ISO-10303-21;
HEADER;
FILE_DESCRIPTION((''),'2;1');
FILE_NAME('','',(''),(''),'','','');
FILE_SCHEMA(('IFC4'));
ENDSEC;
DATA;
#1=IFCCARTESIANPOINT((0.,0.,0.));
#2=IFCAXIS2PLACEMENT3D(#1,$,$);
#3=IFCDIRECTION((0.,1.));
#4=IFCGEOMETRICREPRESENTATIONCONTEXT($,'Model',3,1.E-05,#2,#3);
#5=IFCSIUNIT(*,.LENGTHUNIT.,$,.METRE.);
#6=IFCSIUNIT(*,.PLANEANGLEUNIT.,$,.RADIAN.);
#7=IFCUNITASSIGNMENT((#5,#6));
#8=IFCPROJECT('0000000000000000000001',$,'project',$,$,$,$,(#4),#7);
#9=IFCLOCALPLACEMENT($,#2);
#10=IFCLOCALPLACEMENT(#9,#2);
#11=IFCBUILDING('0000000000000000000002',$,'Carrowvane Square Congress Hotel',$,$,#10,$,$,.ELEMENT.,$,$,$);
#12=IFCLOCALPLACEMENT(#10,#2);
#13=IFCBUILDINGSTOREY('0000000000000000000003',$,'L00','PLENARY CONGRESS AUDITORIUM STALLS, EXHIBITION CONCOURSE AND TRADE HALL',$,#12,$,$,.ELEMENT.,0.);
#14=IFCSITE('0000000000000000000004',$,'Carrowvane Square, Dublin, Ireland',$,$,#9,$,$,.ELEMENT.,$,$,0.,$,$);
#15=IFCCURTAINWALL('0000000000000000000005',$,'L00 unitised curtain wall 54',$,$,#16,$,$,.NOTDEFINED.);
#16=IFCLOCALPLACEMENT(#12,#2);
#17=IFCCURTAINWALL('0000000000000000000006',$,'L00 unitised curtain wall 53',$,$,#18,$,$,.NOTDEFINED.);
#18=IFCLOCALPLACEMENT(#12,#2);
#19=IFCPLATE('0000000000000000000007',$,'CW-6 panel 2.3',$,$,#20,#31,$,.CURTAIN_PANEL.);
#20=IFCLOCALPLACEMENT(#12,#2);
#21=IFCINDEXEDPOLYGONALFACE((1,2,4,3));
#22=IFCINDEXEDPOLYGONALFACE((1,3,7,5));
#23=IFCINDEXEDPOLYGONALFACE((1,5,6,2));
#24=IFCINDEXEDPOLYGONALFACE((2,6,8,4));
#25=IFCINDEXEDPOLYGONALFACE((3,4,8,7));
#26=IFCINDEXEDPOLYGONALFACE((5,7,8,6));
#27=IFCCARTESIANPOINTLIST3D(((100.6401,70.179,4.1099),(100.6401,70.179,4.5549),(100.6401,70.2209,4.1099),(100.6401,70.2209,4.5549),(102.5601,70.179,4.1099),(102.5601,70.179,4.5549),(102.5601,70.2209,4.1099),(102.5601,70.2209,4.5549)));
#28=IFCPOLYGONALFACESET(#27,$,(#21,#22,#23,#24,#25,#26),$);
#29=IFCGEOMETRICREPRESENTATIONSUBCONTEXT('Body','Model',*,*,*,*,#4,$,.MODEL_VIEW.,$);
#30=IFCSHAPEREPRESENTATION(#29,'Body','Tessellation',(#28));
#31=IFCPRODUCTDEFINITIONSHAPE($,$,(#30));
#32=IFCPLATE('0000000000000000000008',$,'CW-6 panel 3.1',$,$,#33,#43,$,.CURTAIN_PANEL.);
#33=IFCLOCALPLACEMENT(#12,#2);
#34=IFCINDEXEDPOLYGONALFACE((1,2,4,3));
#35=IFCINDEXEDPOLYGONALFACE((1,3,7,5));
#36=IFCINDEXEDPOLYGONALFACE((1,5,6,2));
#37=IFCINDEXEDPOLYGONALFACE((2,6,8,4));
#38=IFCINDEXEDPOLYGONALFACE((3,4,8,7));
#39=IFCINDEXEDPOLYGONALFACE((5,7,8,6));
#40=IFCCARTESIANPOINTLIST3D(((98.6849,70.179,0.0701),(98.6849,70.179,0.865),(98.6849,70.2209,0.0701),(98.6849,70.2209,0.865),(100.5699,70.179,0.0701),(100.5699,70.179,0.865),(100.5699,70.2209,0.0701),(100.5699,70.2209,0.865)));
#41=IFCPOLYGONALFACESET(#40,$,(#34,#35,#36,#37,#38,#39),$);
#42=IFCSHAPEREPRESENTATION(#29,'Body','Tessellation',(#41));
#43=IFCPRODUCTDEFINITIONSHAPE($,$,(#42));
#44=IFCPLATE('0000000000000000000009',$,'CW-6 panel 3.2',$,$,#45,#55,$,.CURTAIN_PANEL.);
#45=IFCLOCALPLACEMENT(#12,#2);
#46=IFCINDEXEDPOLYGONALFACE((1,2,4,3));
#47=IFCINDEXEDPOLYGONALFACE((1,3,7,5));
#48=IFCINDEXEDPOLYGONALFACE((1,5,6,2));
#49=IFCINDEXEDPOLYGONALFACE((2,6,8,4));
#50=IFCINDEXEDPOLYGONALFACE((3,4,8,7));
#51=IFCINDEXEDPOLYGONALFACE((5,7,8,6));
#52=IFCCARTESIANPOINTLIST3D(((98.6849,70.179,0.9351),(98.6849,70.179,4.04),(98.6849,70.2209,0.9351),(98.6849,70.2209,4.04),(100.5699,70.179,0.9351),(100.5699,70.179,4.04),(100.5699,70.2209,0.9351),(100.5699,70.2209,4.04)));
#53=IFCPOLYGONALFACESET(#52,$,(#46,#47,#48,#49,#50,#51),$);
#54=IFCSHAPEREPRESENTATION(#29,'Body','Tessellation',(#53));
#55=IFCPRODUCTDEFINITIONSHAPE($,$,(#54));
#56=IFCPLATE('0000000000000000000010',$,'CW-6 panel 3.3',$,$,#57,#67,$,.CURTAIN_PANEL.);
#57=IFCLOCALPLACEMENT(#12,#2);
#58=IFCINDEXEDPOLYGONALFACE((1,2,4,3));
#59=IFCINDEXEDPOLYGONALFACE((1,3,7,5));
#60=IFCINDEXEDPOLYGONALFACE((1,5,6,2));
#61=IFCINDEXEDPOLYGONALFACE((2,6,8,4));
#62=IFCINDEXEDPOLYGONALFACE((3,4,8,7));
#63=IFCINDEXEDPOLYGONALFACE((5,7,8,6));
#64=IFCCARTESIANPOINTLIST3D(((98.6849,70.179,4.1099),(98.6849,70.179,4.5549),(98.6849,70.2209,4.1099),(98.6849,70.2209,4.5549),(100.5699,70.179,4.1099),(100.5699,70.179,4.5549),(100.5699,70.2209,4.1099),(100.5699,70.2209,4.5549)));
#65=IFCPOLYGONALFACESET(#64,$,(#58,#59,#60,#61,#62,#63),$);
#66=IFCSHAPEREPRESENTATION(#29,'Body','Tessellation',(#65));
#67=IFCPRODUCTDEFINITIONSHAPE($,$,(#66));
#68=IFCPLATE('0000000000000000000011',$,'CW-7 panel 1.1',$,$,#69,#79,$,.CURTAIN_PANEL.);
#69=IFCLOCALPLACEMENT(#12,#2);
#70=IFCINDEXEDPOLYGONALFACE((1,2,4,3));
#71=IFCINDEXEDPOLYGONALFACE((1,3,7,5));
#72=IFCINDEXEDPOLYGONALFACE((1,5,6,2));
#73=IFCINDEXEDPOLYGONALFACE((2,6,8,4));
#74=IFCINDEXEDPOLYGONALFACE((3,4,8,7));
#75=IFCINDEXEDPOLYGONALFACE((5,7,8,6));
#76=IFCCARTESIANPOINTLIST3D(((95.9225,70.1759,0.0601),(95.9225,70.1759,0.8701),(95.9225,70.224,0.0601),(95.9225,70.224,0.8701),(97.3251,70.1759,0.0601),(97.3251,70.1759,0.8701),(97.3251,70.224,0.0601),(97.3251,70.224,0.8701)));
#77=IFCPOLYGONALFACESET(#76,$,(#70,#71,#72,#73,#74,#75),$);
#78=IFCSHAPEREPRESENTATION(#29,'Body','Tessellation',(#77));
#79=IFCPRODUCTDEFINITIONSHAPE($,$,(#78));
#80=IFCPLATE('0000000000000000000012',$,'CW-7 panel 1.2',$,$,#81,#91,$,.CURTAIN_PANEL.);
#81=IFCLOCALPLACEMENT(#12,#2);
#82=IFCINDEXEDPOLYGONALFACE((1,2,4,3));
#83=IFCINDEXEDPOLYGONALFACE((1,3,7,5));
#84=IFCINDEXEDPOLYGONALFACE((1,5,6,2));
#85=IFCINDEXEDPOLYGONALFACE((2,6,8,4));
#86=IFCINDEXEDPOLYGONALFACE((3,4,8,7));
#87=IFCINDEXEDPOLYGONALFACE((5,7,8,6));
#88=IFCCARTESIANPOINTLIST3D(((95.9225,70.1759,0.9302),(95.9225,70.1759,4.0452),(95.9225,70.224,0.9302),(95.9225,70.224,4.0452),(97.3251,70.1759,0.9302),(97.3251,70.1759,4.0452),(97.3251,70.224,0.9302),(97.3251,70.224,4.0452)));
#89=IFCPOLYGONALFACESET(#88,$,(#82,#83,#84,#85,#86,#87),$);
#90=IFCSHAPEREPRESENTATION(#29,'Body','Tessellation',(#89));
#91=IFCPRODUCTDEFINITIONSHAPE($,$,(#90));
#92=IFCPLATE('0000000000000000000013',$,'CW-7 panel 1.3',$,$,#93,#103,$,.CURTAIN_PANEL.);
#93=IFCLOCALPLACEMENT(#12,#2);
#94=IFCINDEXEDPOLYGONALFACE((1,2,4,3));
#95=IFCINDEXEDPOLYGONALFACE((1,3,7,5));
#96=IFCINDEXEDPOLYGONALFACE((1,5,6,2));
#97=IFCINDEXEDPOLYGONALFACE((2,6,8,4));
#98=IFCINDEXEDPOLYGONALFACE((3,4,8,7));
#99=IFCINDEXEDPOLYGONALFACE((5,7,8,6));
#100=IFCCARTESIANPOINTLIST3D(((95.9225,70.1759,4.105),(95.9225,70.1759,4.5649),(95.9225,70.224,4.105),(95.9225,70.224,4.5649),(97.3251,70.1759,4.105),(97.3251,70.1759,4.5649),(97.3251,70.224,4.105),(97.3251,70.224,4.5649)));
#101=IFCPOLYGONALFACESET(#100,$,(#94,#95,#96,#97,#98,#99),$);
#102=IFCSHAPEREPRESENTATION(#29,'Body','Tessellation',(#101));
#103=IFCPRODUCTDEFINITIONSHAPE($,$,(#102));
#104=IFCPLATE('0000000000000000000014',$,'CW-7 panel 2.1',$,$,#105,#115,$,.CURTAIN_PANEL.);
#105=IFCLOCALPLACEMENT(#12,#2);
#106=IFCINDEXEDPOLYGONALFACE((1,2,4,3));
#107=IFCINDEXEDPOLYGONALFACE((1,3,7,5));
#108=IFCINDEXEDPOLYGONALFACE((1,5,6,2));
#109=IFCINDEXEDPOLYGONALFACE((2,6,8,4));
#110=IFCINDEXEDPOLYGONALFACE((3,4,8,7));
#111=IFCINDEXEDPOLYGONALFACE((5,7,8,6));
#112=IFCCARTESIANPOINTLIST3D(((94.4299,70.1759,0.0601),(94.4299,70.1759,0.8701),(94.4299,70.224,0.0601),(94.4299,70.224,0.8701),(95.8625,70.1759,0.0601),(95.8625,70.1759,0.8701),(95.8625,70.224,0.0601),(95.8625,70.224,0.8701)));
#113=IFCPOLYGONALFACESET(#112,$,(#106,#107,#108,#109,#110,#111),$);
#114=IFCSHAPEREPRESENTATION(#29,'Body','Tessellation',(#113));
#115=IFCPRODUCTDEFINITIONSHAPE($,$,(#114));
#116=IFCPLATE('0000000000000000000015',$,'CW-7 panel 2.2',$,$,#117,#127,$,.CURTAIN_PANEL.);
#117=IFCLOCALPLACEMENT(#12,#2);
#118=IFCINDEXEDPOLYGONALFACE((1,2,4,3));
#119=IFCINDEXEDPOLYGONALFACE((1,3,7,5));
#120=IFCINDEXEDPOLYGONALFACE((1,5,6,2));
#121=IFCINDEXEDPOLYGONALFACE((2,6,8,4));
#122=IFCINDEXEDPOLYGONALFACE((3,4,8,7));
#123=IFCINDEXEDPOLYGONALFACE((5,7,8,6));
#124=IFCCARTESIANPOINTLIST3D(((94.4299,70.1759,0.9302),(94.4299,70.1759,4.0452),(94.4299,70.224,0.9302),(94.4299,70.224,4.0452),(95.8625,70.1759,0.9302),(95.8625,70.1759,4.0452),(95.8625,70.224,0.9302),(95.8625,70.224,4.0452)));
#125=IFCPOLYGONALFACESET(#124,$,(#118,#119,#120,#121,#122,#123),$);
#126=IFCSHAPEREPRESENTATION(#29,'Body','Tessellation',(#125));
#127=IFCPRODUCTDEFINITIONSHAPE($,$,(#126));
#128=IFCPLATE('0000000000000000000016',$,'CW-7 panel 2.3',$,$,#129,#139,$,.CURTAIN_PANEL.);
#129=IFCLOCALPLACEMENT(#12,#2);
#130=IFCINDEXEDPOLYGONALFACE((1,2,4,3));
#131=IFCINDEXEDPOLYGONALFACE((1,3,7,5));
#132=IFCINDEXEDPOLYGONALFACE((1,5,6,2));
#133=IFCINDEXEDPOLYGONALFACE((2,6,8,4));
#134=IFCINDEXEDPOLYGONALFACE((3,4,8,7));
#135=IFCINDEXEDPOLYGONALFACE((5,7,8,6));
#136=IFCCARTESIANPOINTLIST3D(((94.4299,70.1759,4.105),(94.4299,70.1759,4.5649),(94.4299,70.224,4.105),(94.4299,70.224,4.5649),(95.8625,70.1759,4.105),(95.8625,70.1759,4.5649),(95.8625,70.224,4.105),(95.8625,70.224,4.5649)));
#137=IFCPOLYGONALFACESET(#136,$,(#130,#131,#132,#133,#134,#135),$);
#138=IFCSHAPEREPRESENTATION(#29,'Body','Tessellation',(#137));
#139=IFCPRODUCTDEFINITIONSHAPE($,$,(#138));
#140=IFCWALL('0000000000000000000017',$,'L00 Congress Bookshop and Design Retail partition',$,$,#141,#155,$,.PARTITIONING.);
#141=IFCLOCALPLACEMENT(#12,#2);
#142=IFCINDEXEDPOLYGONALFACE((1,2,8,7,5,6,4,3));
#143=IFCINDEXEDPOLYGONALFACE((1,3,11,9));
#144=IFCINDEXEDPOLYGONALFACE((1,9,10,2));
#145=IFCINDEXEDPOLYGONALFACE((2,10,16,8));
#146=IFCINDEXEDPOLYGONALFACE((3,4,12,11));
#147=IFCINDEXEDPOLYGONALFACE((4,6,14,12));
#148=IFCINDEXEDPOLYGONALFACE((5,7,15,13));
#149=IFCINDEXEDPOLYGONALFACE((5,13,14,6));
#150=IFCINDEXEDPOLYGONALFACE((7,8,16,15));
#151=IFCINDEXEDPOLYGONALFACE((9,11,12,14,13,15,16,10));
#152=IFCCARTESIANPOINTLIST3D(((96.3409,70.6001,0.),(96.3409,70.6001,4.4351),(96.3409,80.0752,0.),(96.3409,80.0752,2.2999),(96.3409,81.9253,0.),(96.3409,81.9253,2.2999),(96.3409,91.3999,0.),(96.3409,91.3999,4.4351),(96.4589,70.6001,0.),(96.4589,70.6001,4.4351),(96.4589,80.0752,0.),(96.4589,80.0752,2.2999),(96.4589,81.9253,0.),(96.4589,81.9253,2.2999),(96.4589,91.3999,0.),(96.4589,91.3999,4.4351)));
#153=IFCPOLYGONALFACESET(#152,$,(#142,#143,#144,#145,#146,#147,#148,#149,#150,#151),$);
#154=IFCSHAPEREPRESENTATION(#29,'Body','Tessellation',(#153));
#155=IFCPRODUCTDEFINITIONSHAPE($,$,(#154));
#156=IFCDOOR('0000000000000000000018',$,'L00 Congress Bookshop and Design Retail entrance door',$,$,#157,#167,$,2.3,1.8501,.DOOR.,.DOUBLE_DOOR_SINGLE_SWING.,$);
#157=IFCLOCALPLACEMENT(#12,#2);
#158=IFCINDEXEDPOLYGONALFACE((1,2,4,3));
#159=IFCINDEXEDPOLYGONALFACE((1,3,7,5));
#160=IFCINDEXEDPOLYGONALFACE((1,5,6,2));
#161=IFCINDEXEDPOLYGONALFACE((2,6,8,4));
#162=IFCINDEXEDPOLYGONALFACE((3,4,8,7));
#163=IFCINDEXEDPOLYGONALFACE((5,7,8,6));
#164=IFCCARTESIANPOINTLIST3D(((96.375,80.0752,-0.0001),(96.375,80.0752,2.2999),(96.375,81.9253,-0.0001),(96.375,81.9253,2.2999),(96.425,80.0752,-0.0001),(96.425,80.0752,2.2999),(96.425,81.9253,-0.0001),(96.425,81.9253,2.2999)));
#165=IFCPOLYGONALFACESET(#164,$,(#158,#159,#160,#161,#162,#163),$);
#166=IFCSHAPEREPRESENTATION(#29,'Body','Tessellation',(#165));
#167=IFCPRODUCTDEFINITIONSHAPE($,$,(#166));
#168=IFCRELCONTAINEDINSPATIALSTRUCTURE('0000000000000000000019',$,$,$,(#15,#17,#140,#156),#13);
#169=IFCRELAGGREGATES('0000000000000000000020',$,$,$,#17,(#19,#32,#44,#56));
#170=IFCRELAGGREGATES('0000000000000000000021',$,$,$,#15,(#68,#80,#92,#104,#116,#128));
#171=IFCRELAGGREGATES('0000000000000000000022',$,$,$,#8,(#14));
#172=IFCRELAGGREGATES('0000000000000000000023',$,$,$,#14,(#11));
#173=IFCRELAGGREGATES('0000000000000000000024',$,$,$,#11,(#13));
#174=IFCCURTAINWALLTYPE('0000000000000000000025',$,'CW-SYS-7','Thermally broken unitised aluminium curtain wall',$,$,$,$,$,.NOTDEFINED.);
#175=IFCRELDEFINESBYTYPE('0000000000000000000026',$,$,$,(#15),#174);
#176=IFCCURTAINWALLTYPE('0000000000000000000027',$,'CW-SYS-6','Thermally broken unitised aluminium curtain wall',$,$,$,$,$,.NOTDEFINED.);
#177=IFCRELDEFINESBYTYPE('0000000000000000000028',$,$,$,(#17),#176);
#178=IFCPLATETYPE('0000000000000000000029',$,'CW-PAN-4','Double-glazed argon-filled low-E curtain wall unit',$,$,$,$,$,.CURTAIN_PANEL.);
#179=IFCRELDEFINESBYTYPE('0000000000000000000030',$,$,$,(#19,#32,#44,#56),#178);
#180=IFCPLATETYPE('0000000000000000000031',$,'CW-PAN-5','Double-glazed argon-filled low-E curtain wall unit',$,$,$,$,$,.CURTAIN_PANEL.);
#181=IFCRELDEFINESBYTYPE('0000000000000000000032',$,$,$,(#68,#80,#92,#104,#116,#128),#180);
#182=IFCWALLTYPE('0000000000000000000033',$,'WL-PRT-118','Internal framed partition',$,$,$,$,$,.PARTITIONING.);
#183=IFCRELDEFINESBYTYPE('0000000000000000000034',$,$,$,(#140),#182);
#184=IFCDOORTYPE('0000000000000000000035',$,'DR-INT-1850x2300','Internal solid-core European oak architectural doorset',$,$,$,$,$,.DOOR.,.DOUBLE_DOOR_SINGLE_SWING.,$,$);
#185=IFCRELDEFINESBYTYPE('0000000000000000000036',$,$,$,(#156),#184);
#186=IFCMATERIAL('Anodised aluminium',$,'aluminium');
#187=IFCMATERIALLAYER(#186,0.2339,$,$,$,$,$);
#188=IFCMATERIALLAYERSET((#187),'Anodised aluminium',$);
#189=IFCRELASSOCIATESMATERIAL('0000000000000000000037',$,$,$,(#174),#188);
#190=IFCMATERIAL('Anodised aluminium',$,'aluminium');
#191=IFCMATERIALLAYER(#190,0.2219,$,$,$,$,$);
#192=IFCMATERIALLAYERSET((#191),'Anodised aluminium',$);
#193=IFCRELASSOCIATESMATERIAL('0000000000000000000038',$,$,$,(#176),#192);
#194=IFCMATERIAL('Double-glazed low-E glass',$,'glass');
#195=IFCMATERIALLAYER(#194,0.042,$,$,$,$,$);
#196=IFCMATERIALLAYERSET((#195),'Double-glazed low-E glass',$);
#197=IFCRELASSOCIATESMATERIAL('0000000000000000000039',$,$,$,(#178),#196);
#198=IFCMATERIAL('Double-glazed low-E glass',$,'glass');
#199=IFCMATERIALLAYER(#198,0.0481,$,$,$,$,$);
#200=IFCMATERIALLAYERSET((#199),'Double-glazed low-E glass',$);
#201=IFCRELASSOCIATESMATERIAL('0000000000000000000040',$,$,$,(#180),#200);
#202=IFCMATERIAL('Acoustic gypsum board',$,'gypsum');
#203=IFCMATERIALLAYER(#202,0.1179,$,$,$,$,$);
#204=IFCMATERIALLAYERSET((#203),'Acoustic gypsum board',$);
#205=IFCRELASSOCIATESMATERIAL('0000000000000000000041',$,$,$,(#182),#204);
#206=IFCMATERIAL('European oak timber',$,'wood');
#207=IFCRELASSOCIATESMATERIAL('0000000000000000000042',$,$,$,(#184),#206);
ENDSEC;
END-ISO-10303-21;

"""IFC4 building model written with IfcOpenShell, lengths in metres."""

from ifc_helpers import new_model, si_unit, direction, frame, frame_2d, origin, origin_2d, place, context, subcontext, project, spatial, rectangle, extrude, material, layer, layer_set, type_object, element, fill, aggregate, save


model = new_model("IFC4")

# Units and contexts
model_context = context("Model", 3, precision=1e-05, world=origin(), true_north=direction((0.0, 1.0)))
body_context = subcontext(model_context, "Body", "Model", "MODEL_VIEW")
ifc_project = project(units=[si_unit("LENGTHUNIT", "METRE"), si_unit("PLANEANGLEUNIT", "RADIAN")], contexts=[model_context])

# Site, building, storey
site_placement = place(None, origin())
site = spatial("IfcSite", under=ifc_project, at=site_placement, Name="Carrowvane Square, Dublin, Ireland", CompositionType="ELEMENT", RefElevation=0.0)
building_placement = place(site_placement, origin())
building = spatial("IfcBuilding", under=site, at=building_placement, Name="Carrowvane Square Congress Hotel", CompositionType="ELEMENT")
storey_placement = place(building_placement, origin())
storey = spatial("IfcBuildingStorey", under=building, at=storey_placement, Name="L00", Description="PLENARY CONGRESS AUDITORIUM STALLS, EXHIBITION CONCOURSE AND TRADE HALL", CompositionType="ELEMENT", Elevation=0.0)

# Curtain walls
ifc_material_1 = material(Name="Anodised aluminium", Category="aluminium")
ifc_layer_1 = layer(ifc_material_1, 0.2339)
ifc_layer_set_1 = layer_set([ifc_layer_1], Name="Anodised aluminium")
curtain_wall_type_1 = type_object("IfcCurtainWallType", Name="CW-SYS-7", Description="Thermally broken unitised aluminium curtain wall", PredefinedType="NOTDEFINED", material=ifc_layer_set_1)
curtain_wall_1_placement = place(storey_placement, origin())
curtain_wall_1 = element("IfcCurtainWall", 1, at=curtain_wall_1_placement, inside=storey, type_object=curtain_wall_type_1, Name="L00 unitised curtain wall 54", PredefinedType="NOTDEFINED")
ifc_material_2 = material(Name="Anodised aluminium", Category="aluminium")
ifc_layer_2 = layer(ifc_material_2, 0.2219)
ifc_layer_set_2 = layer_set([ifc_layer_2], Name="Anodised aluminium")
curtain_wall_type_2 = type_object("IfcCurtainWallType", Name="CW-SYS-6", Description="Thermally broken unitised aluminium curtain wall", PredefinedType="NOTDEFINED", material=ifc_layer_set_2)
curtain_wall_2_placement = place(storey_placement, origin())
curtain_wall_2 = element("IfcCurtainWall", 2, at=curtain_wall_2_placement, inside=storey, type_object=curtain_wall_type_2, Name="L00 unitised curtain wall 53", PredefinedType="NOTDEFINED")

# Plates
ifc_material_3 = material(Name="Double-glazed low-E glass", Category="glass")
ifc_layer_3 = layer(ifc_material_3, 0.042)
ifc_layer_set_3 = layer_set([ifc_layer_3], Name="Double-glazed low-E glass")
plate_type_1 = type_object("IfcPlateType", Name="CW-PAN-4", Description="Double-glazed argon-filled low-E curtain wall unit", PredefinedType="CURTAIN_PANEL", material=ifc_layer_set_3)
plate_1_placement = place(storey_placement, frame((101.6001, 70.2, 4.1099), z_axis=(0.0, 0.0, 1.0), x_axis=(-1.0, 0.0, 0.0)))
plate_1 = element("IfcPlate", 3, at=plate_1_placement, type_object=plate_type_1, Name="CW-6 panel 2.3", PredefinedType="CURTAIN_PANEL", context=body_context, shape_type="SweptSolid", body=[
    extrude(rectangle(XDim=1.9199, YDim=0.042, at=origin_2d()), origin(), (0.0, 0.0, 1.0), 0.4451),
])
plate_2_placement = place(storey_placement, frame((99.6274, 70.2, 0.0701), z_axis=(0.0, 0.0, 1.0), x_axis=(-1.0, 0.0, 0.0)))
plate_2 = element("IfcPlate", 4, at=plate_2_placement, type_object=plate_type_1, Name="CW-6 panel 3.1", PredefinedType="CURTAIN_PANEL", context=body_context, shape_type="SweptSolid", body=[
    extrude(rectangle(XDim=1.885, YDim=0.042, at=origin_2d()), origin(), (0.0, 0.0, 1.0), 0.7949),
])
plate_3_placement = place(storey_placement, frame((99.6274, 70.2, 0.9351), z_axis=(0.0, 0.0, 1.0), x_axis=(-1.0, 0.0, 0.0)))
plate_3 = element("IfcPlate", 5, at=plate_3_placement, type_object=plate_type_1, Name="CW-6 panel 3.2", PredefinedType="CURTAIN_PANEL", context=body_context, shape_type="SweptSolid", body=[
    extrude(rectangle(XDim=1.885, YDim=0.042, at=origin_2d()), origin(), (0.0, 0.0, 1.0), 3.105),
])
plate_4_placement = place(storey_placement, frame((99.6274, 70.2, 4.1099), z_axis=(0.0, 0.0, 1.0), x_axis=(-1.0, 0.0, 0.0)))
plate_4 = element("IfcPlate", 6, at=plate_4_placement, type_object=plate_type_1, Name="CW-6 panel 3.3", PredefinedType="CURTAIN_PANEL", context=body_context, shape_type="SweptSolid", body=[
    extrude(rectangle(XDim=1.885, YDim=0.042, at=origin_2d()), origin(), (0.0, 0.0, 1.0), 0.4451),
])
aggregate(curtain_wall_2, [plate_1, plate_2, plate_3, plate_4])
ifc_material_4 = material(Name="Double-glazed low-E glass", Category="glass")
ifc_layer_4 = layer(ifc_material_4, 0.0481)
ifc_layer_set_4 = layer_set([ifc_layer_4], Name="Double-glazed low-E glass")
plate_type_2 = type_object("IfcPlateType", Name="CW-PAN-5", Description="Double-glazed argon-filled low-E curtain wall unit", PredefinedType="CURTAIN_PANEL", material=ifc_layer_set_4)
plate_5_placement = place(storey_placement, frame((96.6238, 70.2, 0.0601), z_axis=(0.0, 0.0, 1.0), x_axis=(-1.0, 0.0, 0.0)))
plate_5 = element("IfcPlate", 7, at=plate_5_placement, type_object=plate_type_2, Name="CW-7 panel 1.1", PredefinedType="CURTAIN_PANEL", context=body_context, shape_type="SweptSolid", body=[
    extrude(rectangle(XDim=1.4026, YDim=0.0481, at=origin_2d()), origin(), (0.0, 0.0, 1.0), 0.8101),
])
plate_6_placement = place(storey_placement, frame((96.6238, 70.2, 0.9302), z_axis=(0.0, 0.0, 1.0), x_axis=(-1.0, 0.0, 0.0)))
plate_6 = element("IfcPlate", 8, at=plate_6_placement, type_object=plate_type_2, Name="CW-7 panel 1.2", PredefinedType="CURTAIN_PANEL", context=body_context, shape_type="SweptSolid", body=[
    extrude(rectangle(XDim=1.4026, YDim=0.0481, at=origin_2d()), origin(), (0.0, 0.0, 1.0), 3.115),
])
plate_7_placement = place(storey_placement, frame((96.6238, 70.2, 4.105), z_axis=(0.0, 0.0, 1.0), x_axis=(-1.0, 0.0, 0.0)))
plate_7 = element("IfcPlate", 9, at=plate_7_placement, type_object=plate_type_2, Name="CW-7 panel 1.3", PredefinedType="CURTAIN_PANEL", context=body_context, shape_type="SweptSolid", body=[
    extrude(rectangle(XDim=1.4026, YDim=0.0481, at=origin_2d()), origin(), (0.0, 0.0, 1.0), 0.46),
])
plate_8_placement = place(storey_placement, frame((95.1462, 70.2, 0.0601), z_axis=(0.0, 0.0, 1.0), x_axis=(-1.0, 0.0, 0.0)))
plate_8 = element("IfcPlate", 10, at=plate_8_placement, type_object=plate_type_2, Name="CW-7 panel 2.1", PredefinedType="CURTAIN_PANEL", context=body_context, shape_type="SweptSolid", body=[
    extrude(rectangle(XDim=1.4326, YDim=0.0481, at=origin_2d()), origin(), (0.0, 0.0, 1.0), 0.8101),
])
plate_9_placement = place(storey_placement, frame((95.1462, 70.2, 0.9302), z_axis=(0.0, 0.0, 1.0), x_axis=(-1.0, 0.0, 0.0)))
plate_9 = element("IfcPlate", 11, at=plate_9_placement, type_object=plate_type_2, Name="CW-7 panel 2.2", PredefinedType="CURTAIN_PANEL", context=body_context, shape_type="SweptSolid", body=[
    extrude(rectangle(XDim=1.4326, YDim=0.0481, at=origin_2d()), origin(), (0.0, 0.0, 1.0), 3.115),
])
plate_10_placement = place(storey_placement, frame((95.1462, 70.2, 4.105), z_axis=(0.0, 0.0, 1.0), x_axis=(-1.0, 0.0, 0.0)))
plate_10 = element("IfcPlate", 12, at=plate_10_placement, type_object=plate_type_2, Name="CW-7 panel 2.3", PredefinedType="CURTAIN_PANEL", context=body_context, shape_type="SweptSolid", body=[
    extrude(rectangle(XDim=1.4326, YDim=0.0481, at=origin_2d()), origin(), (0.0, 0.0, 1.0), 0.46),
])
aggregate(curtain_wall_1, [plate_5, plate_6, plate_7, plate_8, plate_9, plate_10])

# Wall, opening, door
ifc_material_5 = material(Name="Acoustic gypsum board", Category="gypsum")
ifc_layer_5 = layer(ifc_material_5, 0.1179)
ifc_layer_set_5 = layer_set([ifc_layer_5], Name="Acoustic gypsum board")
wall_type = type_object("IfcWallType", Name="WL-PRT-118", Description="Internal framed partition", PredefinedType="PARTITIONING", material=ifc_layer_set_5)
wall_placement = place(storey_placement, frame((96.3999, 70.6001, 0.0), z_axis=(0.0, 0.0, 1.0), x_axis=(0.0, 1.0, 0.0)))
wall = element("IfcWall", 13, at=wall_placement, inside=storey, type_object=wall_type, Name="L00 Congress Bookshop and Design Retail partition", PredefinedType="PARTITIONING", context=body_context, shape_type="SweptSolid", body=[
    extrude(rectangle(XDim=20.7998, YDim=0.1179, at=frame_2d((10.3999, 0.0))), origin(), (0.0, 0.0, 1.0), 4.4351),
])
opening_placement = place(wall_placement, frame((9.4751, 0.0, 0.0)))
opening = element("IfcOpeningElement", 14, at=opening_placement, cuts=wall, PredefinedType="OPENING", context=body_context, shape_type="SweptSolid", body=[
    extrude(rectangle(XDim=1.8501, YDim=2.3, at=frame_2d((0.925, 1.1499))), frame((0.0, 0.0688, 0.0), z_axis=(0.0, -1.0, 0.0), x_axis=(1.0, 0.0, 0.0)), (0.0, 0.0, 1.0), 0.1379),
])
ifc_material_6 = material(Name="European oak timber", Category="wood")
door_type = type_object("IfcDoorType", Name="DR-INT-1850x2300", Description="Internal solid-core European oak architectural doorset", OperationType="DOUBLE_DOOR_SINGLE_SWING", PredefinedType="DOOR", material=ifc_material_6)
door_placement = place(opening_placement, origin())
door = element("IfcDoor", 15, at=door_placement, inside=storey, type_object=door_type, Name="L00 Congress Bookshop and Design Retail entrance door", OperationType="DOUBLE_DOOR_SINGLE_SWING", OverallHeight=2.3, OverallWidth=1.8501, PredefinedType="DOOR", context=body_context, shape_type="SweptSolid", body=[
    extrude(rectangle(XDim=1.8501, YDim=2.3, at=frame_2d((0.925, 1.1499))), frame((0.0, 0.0249, 0.0), z_axis=(0.0, -1.0, 0.0), x_axis=(1.0, 0.0, 0.0)), (0.0, 0.0, 1.0), 0.05),
])
fill(opening, door)

save(model, "model.ifc")
